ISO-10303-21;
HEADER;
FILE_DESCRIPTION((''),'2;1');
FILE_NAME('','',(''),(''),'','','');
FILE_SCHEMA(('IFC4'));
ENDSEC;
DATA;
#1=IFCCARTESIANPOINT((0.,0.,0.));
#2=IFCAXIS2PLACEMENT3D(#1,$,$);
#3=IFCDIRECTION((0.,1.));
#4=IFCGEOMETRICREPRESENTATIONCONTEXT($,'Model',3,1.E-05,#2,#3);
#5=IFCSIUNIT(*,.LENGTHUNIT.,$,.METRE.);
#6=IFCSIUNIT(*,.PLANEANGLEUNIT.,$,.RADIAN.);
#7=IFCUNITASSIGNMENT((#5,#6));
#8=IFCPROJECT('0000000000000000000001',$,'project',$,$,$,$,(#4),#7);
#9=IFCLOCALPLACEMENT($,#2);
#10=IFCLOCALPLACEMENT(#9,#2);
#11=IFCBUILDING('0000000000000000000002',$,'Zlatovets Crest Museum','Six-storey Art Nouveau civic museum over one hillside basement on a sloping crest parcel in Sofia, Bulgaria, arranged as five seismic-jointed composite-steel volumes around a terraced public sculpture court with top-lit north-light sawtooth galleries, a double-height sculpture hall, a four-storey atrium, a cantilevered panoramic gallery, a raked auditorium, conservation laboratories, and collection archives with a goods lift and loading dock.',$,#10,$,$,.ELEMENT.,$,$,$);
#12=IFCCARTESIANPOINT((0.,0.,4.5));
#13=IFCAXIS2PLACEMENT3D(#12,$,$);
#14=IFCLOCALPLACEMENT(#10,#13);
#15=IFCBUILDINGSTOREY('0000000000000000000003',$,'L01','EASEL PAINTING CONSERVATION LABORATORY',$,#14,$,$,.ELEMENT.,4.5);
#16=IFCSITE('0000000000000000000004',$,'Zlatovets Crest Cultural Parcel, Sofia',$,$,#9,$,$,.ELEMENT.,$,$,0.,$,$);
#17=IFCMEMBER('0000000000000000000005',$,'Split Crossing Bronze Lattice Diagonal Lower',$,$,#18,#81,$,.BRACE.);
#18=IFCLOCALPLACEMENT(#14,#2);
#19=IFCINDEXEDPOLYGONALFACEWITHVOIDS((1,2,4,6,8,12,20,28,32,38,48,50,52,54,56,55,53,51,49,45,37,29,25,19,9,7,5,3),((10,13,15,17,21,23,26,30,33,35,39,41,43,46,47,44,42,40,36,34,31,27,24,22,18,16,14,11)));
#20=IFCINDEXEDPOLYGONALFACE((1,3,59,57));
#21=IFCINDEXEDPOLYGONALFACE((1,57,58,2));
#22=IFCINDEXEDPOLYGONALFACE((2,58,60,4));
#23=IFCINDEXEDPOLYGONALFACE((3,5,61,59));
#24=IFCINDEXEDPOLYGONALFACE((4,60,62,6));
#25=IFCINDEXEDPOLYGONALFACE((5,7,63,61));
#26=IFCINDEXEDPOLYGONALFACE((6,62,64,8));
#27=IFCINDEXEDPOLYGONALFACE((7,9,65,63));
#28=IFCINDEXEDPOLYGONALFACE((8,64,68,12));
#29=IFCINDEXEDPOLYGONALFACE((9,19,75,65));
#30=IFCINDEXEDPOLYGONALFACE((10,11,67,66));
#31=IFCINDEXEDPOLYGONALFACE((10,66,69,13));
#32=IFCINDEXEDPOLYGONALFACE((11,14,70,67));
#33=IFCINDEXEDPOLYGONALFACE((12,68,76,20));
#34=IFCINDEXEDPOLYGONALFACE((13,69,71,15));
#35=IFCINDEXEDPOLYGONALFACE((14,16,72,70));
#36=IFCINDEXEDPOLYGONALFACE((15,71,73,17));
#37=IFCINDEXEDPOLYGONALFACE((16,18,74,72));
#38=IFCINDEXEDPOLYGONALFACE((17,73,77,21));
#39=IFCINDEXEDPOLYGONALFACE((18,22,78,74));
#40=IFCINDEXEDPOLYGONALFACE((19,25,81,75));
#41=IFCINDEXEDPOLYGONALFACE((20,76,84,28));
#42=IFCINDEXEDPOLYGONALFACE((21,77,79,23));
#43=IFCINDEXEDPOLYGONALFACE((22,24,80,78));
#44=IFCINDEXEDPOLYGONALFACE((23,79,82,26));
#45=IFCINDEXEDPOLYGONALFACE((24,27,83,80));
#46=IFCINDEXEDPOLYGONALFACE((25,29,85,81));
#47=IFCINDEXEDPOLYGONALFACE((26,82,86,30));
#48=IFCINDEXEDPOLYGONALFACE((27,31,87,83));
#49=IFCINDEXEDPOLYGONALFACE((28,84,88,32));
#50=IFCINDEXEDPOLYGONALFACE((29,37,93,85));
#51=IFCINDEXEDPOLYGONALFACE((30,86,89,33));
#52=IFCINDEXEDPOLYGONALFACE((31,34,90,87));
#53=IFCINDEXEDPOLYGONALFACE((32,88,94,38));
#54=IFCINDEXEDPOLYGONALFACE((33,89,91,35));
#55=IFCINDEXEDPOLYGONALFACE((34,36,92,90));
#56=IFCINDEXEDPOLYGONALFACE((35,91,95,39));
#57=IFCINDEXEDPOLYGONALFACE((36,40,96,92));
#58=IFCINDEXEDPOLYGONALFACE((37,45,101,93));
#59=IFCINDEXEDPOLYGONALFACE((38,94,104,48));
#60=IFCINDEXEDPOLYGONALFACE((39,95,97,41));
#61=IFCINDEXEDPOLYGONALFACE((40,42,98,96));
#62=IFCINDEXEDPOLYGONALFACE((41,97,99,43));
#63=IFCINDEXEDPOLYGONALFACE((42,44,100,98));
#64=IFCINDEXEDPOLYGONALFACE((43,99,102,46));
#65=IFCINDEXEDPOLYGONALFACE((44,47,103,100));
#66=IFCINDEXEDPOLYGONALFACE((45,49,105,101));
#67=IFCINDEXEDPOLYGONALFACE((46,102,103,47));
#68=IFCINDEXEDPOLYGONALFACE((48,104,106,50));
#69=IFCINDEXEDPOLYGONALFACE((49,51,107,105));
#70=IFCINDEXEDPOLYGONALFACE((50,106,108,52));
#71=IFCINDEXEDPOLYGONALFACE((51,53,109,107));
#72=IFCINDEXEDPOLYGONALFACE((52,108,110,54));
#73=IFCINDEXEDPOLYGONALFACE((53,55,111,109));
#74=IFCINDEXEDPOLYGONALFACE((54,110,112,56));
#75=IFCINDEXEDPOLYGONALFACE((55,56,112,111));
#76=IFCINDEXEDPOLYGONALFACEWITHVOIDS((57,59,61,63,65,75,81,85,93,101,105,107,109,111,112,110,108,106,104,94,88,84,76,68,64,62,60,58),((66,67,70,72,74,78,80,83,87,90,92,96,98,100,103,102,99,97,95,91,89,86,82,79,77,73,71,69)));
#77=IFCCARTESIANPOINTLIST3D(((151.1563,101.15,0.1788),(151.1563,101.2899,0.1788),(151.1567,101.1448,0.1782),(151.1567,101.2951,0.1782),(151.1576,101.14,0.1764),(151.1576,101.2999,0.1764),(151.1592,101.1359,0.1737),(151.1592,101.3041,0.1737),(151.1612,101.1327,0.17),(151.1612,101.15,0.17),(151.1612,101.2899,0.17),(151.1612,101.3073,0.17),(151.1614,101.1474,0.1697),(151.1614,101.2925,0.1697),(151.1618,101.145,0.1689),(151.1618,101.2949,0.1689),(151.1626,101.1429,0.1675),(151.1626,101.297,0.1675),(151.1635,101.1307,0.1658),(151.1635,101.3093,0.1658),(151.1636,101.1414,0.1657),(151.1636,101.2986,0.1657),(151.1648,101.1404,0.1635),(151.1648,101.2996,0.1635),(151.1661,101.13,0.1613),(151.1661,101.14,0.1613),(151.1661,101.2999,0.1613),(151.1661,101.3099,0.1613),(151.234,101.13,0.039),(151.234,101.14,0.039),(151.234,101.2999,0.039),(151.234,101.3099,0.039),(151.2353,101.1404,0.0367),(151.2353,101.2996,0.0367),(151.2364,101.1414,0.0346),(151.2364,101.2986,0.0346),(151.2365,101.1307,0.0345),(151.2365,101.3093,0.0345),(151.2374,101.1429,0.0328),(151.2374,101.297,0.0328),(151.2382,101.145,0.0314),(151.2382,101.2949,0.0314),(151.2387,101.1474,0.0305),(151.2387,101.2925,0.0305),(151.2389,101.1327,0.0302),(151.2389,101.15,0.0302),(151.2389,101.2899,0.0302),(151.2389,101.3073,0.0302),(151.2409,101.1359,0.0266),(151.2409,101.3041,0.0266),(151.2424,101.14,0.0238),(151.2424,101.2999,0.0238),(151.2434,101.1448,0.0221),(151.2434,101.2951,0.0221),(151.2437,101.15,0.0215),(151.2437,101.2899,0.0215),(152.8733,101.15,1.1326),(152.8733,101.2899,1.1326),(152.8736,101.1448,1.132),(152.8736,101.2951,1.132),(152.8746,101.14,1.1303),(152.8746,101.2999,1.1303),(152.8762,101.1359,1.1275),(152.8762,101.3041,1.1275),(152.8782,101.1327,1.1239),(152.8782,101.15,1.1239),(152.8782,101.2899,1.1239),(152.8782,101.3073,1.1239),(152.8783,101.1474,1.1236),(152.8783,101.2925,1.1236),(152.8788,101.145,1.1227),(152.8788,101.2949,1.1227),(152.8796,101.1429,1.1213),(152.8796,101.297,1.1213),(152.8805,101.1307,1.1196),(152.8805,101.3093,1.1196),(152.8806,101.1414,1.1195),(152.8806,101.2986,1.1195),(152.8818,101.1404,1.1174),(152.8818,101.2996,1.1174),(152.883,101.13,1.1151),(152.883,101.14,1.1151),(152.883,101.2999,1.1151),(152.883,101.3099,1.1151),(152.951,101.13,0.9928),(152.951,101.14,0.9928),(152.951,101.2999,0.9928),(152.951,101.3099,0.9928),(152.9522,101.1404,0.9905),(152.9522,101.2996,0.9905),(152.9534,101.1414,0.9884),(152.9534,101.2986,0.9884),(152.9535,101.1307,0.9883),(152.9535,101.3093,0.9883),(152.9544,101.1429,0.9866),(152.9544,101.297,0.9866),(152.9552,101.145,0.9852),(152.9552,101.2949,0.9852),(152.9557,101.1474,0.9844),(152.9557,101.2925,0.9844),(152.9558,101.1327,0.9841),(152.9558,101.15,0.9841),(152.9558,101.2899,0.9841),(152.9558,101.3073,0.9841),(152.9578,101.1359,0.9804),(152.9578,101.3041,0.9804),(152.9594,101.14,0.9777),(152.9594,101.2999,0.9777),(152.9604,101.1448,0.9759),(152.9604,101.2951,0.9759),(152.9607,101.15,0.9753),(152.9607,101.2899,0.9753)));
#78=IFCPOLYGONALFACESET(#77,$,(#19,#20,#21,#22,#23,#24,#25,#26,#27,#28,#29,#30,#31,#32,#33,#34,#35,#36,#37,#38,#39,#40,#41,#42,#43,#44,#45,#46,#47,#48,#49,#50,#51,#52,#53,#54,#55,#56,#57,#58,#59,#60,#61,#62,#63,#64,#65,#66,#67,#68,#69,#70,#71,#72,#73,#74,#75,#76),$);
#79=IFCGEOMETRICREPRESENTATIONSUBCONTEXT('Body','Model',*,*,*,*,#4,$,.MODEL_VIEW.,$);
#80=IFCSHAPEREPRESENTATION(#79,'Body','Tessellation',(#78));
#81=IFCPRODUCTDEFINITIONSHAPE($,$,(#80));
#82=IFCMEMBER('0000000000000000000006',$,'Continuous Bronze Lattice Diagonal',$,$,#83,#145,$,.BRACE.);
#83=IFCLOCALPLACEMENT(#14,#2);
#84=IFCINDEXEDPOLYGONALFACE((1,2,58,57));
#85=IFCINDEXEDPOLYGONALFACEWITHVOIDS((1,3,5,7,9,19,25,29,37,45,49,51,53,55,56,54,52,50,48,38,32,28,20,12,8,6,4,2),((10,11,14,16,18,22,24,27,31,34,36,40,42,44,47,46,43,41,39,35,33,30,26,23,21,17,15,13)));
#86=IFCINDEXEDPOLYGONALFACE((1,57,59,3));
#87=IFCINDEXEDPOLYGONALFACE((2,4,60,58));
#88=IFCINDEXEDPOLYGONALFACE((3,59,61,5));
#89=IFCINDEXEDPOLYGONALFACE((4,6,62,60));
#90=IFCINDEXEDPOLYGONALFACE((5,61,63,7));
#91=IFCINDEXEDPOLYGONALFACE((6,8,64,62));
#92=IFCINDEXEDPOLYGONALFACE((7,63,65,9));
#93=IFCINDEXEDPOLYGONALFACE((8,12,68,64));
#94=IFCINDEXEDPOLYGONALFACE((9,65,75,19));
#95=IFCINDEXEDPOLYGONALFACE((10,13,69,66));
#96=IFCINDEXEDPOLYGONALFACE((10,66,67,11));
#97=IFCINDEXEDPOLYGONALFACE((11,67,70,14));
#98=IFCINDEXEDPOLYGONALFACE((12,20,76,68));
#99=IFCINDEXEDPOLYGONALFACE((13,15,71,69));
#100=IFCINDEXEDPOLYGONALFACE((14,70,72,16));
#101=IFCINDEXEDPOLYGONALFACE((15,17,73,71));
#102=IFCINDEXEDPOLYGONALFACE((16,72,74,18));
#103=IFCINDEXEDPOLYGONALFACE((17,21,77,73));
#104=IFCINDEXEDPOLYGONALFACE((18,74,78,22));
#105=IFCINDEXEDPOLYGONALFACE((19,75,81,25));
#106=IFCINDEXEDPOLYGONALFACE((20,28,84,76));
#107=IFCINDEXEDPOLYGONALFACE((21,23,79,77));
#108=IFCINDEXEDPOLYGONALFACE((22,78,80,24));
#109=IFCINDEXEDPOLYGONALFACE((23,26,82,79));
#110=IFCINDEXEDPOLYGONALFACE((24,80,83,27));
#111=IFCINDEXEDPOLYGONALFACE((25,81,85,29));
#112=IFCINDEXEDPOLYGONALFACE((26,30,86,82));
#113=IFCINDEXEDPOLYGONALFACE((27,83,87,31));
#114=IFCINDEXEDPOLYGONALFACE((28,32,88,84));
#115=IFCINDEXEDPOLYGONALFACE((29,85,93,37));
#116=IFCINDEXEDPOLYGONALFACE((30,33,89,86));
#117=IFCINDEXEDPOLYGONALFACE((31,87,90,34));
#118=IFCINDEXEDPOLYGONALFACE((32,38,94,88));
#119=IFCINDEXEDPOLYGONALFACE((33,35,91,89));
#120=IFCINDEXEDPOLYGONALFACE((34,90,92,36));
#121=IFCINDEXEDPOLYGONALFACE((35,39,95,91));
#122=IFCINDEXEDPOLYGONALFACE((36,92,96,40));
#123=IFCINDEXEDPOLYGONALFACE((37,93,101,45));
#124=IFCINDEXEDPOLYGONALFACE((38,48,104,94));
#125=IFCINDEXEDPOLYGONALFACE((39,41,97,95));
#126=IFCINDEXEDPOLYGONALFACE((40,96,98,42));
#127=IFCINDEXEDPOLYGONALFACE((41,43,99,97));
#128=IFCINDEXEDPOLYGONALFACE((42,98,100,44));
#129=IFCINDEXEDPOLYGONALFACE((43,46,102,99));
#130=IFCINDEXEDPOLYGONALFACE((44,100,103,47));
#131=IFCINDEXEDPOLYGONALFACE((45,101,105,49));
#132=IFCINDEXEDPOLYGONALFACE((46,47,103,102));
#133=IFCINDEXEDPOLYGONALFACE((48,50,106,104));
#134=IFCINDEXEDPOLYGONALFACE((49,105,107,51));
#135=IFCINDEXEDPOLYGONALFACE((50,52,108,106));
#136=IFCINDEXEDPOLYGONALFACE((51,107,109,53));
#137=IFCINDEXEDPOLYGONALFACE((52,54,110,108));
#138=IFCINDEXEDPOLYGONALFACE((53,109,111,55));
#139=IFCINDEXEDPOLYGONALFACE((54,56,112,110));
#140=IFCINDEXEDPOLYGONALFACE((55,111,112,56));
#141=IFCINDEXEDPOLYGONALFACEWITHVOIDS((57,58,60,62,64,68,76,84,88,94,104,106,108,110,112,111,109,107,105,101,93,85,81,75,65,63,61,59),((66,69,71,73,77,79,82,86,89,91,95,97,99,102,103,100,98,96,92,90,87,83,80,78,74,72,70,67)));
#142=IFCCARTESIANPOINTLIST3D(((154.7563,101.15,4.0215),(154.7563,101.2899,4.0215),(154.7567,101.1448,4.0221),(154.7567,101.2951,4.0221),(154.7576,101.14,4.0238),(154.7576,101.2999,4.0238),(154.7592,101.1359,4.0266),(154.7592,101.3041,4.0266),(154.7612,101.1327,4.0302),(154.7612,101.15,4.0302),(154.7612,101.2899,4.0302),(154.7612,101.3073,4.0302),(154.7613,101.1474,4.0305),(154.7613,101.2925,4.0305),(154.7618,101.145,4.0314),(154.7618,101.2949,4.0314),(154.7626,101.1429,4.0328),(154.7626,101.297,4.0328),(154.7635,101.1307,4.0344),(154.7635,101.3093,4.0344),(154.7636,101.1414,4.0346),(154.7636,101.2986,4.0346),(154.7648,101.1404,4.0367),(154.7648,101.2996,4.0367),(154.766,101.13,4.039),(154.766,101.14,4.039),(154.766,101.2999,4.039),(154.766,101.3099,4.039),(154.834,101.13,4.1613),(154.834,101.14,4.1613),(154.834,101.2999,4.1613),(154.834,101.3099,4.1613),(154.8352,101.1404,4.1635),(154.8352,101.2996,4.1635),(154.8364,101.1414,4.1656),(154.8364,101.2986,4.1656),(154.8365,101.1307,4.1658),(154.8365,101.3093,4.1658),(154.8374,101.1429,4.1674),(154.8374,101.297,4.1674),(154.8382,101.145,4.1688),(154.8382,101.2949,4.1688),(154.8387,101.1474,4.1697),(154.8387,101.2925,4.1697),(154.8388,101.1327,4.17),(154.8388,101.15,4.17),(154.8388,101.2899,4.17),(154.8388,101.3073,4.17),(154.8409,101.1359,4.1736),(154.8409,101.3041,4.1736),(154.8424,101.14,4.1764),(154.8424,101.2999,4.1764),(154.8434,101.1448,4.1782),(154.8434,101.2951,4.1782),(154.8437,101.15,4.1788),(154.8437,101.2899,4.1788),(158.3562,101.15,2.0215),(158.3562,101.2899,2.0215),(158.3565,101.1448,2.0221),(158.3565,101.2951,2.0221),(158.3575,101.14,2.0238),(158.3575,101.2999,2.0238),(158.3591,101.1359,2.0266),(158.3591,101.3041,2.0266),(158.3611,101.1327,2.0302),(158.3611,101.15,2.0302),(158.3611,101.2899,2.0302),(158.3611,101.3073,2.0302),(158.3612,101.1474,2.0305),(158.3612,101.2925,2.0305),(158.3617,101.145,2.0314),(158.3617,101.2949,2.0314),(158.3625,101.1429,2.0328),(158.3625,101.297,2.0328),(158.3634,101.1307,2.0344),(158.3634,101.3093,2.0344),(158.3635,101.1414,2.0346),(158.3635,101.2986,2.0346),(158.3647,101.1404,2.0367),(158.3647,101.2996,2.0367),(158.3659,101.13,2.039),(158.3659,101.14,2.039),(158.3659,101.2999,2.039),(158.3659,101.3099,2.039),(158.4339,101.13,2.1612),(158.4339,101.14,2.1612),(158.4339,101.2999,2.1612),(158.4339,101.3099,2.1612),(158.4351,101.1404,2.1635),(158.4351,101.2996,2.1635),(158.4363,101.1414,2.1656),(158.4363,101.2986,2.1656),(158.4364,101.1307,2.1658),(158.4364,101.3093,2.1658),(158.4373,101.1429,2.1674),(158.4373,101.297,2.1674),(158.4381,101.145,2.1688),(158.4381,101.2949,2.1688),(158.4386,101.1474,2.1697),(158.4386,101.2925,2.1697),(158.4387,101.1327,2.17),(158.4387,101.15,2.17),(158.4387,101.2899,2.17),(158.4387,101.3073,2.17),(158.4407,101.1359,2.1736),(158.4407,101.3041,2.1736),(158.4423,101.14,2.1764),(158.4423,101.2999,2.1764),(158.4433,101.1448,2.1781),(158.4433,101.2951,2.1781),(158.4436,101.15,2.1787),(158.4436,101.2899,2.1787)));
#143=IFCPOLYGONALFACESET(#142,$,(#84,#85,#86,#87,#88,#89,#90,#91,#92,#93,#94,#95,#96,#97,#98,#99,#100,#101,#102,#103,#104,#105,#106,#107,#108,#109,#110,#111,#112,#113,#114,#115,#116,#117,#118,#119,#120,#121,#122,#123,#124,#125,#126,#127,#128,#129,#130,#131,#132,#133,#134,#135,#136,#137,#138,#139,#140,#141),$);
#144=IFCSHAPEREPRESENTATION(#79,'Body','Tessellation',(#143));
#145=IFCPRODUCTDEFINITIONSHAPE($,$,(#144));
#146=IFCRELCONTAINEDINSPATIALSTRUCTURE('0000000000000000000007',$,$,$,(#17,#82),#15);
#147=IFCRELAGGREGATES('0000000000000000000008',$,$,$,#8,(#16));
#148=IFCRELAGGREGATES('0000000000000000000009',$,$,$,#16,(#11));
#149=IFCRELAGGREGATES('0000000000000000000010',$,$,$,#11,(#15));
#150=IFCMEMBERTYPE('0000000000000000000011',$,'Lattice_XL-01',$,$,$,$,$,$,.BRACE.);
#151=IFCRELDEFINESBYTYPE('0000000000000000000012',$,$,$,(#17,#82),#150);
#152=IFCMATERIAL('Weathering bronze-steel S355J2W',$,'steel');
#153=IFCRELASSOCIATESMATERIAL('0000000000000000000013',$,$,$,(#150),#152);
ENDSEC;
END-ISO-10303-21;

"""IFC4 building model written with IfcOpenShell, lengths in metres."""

from ifc_helpers import new_model, si_unit, direction, frame, origin, origin_2d, place, context, subcontext, project, spatial, hollow_rectangle, extrude, material, material_profile, profile_set, type_object, element, save


model = new_model("IFC4")

# Units and contexts
model_context = context("Model", 3, precision=1e-05, world=origin(), true_north=direction((0.0, 1.0)))
body_context = subcontext(model_context, "Body", "Model", "MODEL_VIEW")
ifc_project = project(units=[si_unit("LENGTHUNIT", "METRE"), si_unit("PLANEANGLEUNIT", "RADIAN")], contexts=[model_context])

# Site, building, storey
site_placement = place(None, origin())
site = spatial("IfcSite", under=ifc_project, at=site_placement, Name="Zlatovets Crest Cultural Parcel, Sofia", CompositionType="ELEMENT", RefElevation=0.0)
building_placement = place(site_placement, origin())
building = spatial("IfcBuilding", under=site, at=building_placement, Name="Zlatovets Crest Museum", Description="Six-storey Art Nouveau civic museum over one hillside basement on a sloping crest parcel in Sofia, Bulgaria, arranged as five seismic-jointed composite-steel volumes around a terraced public sculpture court with top-lit north-light sawtooth galleries, a double-height sculpture hall, a four-storey atrium, a cantilevered panoramic gallery, a raked auditorium, conservation laboratories, and collection archives with a goods lift and loading dock.", CompositionType="ELEMENT")
storey_placement = place(building_placement, frame((0.0, 0.0, 4.5)))
storey = spatial("IfcBuildingStorey", under=building, at=storey_placement, Name="L01", Description="EASEL PAINTING CONSERVATION LABORATORY", CompositionType="ELEMENT", Elevation=4.5)

# Members
ifc_material_1 = material(Name="Weathering bronze-steel S355J2W", Category="steel")
ifc_material_profile_1 = material_profile(ifc_material_1, hollow_rectangle(XDim=0.1799, YDim=0.1799, WallThickness=0.01, InnerFilletRadius=0.01, OuterFilletRadius=0.02, at=origin_2d()), Name="SHS 180x180x10.0")
ifc_profile_set_1 = profile_set([ifc_material_profile_1], Name="Weathering bronze-steel S355J2W")
member_type_1 = type_object("IfcMemberType", Name="Lattice_XL-01", PredefinedType="BRACE", material=ifc_profile_set_1)
member_1_placement = place(storey_placement, frame((152.917, 101.22, 1.054), z_axis=(-0.874169, 0.0, -0.485622), x_axis=(0.0, -1.0, 0.0)))
element("IfcMember", 1, at=member_1_placement, inside=storey, type_object=member_type_1, Name="Split Crossing Bronze Lattice Diagonal Lower", PredefinedType="BRACE", context=body_context, shape_type="SweptSolid", body=[
    extrude(hollow_rectangle(XDim=0.1799, YDim=0.1799, WallThickness=0.01, InnerFilletRadius=0.01, OuterFilletRadius=0.02, at=origin_2d()), origin(), (0.0, 0.0, 1.0), 1.9641),
])
member_2_placement = place(storey_placement, frame((158.3999, 101.22, 2.1001), z_axis=(-0.874149, 0.0, 0.485658), x_axis=(0.0, -1.0, 0.0)))
element("IfcMember", 2, at=member_2_placement, inside=storey, type_object=member_type_1, Name="Continuous Bronze Lattice Diagonal", PredefinedType="BRACE", context=body_context, shape_type="SweptSolid", body=[
    extrude(hollow_rectangle(XDim=0.1799, YDim=0.1799, WallThickness=0.01, InnerFilletRadius=0.01, OuterFilletRadius=0.02, at=origin_2d()), origin(), (0.0, 0.0, 1.0), 4.1182),
])

save(model, "model.ifc")
